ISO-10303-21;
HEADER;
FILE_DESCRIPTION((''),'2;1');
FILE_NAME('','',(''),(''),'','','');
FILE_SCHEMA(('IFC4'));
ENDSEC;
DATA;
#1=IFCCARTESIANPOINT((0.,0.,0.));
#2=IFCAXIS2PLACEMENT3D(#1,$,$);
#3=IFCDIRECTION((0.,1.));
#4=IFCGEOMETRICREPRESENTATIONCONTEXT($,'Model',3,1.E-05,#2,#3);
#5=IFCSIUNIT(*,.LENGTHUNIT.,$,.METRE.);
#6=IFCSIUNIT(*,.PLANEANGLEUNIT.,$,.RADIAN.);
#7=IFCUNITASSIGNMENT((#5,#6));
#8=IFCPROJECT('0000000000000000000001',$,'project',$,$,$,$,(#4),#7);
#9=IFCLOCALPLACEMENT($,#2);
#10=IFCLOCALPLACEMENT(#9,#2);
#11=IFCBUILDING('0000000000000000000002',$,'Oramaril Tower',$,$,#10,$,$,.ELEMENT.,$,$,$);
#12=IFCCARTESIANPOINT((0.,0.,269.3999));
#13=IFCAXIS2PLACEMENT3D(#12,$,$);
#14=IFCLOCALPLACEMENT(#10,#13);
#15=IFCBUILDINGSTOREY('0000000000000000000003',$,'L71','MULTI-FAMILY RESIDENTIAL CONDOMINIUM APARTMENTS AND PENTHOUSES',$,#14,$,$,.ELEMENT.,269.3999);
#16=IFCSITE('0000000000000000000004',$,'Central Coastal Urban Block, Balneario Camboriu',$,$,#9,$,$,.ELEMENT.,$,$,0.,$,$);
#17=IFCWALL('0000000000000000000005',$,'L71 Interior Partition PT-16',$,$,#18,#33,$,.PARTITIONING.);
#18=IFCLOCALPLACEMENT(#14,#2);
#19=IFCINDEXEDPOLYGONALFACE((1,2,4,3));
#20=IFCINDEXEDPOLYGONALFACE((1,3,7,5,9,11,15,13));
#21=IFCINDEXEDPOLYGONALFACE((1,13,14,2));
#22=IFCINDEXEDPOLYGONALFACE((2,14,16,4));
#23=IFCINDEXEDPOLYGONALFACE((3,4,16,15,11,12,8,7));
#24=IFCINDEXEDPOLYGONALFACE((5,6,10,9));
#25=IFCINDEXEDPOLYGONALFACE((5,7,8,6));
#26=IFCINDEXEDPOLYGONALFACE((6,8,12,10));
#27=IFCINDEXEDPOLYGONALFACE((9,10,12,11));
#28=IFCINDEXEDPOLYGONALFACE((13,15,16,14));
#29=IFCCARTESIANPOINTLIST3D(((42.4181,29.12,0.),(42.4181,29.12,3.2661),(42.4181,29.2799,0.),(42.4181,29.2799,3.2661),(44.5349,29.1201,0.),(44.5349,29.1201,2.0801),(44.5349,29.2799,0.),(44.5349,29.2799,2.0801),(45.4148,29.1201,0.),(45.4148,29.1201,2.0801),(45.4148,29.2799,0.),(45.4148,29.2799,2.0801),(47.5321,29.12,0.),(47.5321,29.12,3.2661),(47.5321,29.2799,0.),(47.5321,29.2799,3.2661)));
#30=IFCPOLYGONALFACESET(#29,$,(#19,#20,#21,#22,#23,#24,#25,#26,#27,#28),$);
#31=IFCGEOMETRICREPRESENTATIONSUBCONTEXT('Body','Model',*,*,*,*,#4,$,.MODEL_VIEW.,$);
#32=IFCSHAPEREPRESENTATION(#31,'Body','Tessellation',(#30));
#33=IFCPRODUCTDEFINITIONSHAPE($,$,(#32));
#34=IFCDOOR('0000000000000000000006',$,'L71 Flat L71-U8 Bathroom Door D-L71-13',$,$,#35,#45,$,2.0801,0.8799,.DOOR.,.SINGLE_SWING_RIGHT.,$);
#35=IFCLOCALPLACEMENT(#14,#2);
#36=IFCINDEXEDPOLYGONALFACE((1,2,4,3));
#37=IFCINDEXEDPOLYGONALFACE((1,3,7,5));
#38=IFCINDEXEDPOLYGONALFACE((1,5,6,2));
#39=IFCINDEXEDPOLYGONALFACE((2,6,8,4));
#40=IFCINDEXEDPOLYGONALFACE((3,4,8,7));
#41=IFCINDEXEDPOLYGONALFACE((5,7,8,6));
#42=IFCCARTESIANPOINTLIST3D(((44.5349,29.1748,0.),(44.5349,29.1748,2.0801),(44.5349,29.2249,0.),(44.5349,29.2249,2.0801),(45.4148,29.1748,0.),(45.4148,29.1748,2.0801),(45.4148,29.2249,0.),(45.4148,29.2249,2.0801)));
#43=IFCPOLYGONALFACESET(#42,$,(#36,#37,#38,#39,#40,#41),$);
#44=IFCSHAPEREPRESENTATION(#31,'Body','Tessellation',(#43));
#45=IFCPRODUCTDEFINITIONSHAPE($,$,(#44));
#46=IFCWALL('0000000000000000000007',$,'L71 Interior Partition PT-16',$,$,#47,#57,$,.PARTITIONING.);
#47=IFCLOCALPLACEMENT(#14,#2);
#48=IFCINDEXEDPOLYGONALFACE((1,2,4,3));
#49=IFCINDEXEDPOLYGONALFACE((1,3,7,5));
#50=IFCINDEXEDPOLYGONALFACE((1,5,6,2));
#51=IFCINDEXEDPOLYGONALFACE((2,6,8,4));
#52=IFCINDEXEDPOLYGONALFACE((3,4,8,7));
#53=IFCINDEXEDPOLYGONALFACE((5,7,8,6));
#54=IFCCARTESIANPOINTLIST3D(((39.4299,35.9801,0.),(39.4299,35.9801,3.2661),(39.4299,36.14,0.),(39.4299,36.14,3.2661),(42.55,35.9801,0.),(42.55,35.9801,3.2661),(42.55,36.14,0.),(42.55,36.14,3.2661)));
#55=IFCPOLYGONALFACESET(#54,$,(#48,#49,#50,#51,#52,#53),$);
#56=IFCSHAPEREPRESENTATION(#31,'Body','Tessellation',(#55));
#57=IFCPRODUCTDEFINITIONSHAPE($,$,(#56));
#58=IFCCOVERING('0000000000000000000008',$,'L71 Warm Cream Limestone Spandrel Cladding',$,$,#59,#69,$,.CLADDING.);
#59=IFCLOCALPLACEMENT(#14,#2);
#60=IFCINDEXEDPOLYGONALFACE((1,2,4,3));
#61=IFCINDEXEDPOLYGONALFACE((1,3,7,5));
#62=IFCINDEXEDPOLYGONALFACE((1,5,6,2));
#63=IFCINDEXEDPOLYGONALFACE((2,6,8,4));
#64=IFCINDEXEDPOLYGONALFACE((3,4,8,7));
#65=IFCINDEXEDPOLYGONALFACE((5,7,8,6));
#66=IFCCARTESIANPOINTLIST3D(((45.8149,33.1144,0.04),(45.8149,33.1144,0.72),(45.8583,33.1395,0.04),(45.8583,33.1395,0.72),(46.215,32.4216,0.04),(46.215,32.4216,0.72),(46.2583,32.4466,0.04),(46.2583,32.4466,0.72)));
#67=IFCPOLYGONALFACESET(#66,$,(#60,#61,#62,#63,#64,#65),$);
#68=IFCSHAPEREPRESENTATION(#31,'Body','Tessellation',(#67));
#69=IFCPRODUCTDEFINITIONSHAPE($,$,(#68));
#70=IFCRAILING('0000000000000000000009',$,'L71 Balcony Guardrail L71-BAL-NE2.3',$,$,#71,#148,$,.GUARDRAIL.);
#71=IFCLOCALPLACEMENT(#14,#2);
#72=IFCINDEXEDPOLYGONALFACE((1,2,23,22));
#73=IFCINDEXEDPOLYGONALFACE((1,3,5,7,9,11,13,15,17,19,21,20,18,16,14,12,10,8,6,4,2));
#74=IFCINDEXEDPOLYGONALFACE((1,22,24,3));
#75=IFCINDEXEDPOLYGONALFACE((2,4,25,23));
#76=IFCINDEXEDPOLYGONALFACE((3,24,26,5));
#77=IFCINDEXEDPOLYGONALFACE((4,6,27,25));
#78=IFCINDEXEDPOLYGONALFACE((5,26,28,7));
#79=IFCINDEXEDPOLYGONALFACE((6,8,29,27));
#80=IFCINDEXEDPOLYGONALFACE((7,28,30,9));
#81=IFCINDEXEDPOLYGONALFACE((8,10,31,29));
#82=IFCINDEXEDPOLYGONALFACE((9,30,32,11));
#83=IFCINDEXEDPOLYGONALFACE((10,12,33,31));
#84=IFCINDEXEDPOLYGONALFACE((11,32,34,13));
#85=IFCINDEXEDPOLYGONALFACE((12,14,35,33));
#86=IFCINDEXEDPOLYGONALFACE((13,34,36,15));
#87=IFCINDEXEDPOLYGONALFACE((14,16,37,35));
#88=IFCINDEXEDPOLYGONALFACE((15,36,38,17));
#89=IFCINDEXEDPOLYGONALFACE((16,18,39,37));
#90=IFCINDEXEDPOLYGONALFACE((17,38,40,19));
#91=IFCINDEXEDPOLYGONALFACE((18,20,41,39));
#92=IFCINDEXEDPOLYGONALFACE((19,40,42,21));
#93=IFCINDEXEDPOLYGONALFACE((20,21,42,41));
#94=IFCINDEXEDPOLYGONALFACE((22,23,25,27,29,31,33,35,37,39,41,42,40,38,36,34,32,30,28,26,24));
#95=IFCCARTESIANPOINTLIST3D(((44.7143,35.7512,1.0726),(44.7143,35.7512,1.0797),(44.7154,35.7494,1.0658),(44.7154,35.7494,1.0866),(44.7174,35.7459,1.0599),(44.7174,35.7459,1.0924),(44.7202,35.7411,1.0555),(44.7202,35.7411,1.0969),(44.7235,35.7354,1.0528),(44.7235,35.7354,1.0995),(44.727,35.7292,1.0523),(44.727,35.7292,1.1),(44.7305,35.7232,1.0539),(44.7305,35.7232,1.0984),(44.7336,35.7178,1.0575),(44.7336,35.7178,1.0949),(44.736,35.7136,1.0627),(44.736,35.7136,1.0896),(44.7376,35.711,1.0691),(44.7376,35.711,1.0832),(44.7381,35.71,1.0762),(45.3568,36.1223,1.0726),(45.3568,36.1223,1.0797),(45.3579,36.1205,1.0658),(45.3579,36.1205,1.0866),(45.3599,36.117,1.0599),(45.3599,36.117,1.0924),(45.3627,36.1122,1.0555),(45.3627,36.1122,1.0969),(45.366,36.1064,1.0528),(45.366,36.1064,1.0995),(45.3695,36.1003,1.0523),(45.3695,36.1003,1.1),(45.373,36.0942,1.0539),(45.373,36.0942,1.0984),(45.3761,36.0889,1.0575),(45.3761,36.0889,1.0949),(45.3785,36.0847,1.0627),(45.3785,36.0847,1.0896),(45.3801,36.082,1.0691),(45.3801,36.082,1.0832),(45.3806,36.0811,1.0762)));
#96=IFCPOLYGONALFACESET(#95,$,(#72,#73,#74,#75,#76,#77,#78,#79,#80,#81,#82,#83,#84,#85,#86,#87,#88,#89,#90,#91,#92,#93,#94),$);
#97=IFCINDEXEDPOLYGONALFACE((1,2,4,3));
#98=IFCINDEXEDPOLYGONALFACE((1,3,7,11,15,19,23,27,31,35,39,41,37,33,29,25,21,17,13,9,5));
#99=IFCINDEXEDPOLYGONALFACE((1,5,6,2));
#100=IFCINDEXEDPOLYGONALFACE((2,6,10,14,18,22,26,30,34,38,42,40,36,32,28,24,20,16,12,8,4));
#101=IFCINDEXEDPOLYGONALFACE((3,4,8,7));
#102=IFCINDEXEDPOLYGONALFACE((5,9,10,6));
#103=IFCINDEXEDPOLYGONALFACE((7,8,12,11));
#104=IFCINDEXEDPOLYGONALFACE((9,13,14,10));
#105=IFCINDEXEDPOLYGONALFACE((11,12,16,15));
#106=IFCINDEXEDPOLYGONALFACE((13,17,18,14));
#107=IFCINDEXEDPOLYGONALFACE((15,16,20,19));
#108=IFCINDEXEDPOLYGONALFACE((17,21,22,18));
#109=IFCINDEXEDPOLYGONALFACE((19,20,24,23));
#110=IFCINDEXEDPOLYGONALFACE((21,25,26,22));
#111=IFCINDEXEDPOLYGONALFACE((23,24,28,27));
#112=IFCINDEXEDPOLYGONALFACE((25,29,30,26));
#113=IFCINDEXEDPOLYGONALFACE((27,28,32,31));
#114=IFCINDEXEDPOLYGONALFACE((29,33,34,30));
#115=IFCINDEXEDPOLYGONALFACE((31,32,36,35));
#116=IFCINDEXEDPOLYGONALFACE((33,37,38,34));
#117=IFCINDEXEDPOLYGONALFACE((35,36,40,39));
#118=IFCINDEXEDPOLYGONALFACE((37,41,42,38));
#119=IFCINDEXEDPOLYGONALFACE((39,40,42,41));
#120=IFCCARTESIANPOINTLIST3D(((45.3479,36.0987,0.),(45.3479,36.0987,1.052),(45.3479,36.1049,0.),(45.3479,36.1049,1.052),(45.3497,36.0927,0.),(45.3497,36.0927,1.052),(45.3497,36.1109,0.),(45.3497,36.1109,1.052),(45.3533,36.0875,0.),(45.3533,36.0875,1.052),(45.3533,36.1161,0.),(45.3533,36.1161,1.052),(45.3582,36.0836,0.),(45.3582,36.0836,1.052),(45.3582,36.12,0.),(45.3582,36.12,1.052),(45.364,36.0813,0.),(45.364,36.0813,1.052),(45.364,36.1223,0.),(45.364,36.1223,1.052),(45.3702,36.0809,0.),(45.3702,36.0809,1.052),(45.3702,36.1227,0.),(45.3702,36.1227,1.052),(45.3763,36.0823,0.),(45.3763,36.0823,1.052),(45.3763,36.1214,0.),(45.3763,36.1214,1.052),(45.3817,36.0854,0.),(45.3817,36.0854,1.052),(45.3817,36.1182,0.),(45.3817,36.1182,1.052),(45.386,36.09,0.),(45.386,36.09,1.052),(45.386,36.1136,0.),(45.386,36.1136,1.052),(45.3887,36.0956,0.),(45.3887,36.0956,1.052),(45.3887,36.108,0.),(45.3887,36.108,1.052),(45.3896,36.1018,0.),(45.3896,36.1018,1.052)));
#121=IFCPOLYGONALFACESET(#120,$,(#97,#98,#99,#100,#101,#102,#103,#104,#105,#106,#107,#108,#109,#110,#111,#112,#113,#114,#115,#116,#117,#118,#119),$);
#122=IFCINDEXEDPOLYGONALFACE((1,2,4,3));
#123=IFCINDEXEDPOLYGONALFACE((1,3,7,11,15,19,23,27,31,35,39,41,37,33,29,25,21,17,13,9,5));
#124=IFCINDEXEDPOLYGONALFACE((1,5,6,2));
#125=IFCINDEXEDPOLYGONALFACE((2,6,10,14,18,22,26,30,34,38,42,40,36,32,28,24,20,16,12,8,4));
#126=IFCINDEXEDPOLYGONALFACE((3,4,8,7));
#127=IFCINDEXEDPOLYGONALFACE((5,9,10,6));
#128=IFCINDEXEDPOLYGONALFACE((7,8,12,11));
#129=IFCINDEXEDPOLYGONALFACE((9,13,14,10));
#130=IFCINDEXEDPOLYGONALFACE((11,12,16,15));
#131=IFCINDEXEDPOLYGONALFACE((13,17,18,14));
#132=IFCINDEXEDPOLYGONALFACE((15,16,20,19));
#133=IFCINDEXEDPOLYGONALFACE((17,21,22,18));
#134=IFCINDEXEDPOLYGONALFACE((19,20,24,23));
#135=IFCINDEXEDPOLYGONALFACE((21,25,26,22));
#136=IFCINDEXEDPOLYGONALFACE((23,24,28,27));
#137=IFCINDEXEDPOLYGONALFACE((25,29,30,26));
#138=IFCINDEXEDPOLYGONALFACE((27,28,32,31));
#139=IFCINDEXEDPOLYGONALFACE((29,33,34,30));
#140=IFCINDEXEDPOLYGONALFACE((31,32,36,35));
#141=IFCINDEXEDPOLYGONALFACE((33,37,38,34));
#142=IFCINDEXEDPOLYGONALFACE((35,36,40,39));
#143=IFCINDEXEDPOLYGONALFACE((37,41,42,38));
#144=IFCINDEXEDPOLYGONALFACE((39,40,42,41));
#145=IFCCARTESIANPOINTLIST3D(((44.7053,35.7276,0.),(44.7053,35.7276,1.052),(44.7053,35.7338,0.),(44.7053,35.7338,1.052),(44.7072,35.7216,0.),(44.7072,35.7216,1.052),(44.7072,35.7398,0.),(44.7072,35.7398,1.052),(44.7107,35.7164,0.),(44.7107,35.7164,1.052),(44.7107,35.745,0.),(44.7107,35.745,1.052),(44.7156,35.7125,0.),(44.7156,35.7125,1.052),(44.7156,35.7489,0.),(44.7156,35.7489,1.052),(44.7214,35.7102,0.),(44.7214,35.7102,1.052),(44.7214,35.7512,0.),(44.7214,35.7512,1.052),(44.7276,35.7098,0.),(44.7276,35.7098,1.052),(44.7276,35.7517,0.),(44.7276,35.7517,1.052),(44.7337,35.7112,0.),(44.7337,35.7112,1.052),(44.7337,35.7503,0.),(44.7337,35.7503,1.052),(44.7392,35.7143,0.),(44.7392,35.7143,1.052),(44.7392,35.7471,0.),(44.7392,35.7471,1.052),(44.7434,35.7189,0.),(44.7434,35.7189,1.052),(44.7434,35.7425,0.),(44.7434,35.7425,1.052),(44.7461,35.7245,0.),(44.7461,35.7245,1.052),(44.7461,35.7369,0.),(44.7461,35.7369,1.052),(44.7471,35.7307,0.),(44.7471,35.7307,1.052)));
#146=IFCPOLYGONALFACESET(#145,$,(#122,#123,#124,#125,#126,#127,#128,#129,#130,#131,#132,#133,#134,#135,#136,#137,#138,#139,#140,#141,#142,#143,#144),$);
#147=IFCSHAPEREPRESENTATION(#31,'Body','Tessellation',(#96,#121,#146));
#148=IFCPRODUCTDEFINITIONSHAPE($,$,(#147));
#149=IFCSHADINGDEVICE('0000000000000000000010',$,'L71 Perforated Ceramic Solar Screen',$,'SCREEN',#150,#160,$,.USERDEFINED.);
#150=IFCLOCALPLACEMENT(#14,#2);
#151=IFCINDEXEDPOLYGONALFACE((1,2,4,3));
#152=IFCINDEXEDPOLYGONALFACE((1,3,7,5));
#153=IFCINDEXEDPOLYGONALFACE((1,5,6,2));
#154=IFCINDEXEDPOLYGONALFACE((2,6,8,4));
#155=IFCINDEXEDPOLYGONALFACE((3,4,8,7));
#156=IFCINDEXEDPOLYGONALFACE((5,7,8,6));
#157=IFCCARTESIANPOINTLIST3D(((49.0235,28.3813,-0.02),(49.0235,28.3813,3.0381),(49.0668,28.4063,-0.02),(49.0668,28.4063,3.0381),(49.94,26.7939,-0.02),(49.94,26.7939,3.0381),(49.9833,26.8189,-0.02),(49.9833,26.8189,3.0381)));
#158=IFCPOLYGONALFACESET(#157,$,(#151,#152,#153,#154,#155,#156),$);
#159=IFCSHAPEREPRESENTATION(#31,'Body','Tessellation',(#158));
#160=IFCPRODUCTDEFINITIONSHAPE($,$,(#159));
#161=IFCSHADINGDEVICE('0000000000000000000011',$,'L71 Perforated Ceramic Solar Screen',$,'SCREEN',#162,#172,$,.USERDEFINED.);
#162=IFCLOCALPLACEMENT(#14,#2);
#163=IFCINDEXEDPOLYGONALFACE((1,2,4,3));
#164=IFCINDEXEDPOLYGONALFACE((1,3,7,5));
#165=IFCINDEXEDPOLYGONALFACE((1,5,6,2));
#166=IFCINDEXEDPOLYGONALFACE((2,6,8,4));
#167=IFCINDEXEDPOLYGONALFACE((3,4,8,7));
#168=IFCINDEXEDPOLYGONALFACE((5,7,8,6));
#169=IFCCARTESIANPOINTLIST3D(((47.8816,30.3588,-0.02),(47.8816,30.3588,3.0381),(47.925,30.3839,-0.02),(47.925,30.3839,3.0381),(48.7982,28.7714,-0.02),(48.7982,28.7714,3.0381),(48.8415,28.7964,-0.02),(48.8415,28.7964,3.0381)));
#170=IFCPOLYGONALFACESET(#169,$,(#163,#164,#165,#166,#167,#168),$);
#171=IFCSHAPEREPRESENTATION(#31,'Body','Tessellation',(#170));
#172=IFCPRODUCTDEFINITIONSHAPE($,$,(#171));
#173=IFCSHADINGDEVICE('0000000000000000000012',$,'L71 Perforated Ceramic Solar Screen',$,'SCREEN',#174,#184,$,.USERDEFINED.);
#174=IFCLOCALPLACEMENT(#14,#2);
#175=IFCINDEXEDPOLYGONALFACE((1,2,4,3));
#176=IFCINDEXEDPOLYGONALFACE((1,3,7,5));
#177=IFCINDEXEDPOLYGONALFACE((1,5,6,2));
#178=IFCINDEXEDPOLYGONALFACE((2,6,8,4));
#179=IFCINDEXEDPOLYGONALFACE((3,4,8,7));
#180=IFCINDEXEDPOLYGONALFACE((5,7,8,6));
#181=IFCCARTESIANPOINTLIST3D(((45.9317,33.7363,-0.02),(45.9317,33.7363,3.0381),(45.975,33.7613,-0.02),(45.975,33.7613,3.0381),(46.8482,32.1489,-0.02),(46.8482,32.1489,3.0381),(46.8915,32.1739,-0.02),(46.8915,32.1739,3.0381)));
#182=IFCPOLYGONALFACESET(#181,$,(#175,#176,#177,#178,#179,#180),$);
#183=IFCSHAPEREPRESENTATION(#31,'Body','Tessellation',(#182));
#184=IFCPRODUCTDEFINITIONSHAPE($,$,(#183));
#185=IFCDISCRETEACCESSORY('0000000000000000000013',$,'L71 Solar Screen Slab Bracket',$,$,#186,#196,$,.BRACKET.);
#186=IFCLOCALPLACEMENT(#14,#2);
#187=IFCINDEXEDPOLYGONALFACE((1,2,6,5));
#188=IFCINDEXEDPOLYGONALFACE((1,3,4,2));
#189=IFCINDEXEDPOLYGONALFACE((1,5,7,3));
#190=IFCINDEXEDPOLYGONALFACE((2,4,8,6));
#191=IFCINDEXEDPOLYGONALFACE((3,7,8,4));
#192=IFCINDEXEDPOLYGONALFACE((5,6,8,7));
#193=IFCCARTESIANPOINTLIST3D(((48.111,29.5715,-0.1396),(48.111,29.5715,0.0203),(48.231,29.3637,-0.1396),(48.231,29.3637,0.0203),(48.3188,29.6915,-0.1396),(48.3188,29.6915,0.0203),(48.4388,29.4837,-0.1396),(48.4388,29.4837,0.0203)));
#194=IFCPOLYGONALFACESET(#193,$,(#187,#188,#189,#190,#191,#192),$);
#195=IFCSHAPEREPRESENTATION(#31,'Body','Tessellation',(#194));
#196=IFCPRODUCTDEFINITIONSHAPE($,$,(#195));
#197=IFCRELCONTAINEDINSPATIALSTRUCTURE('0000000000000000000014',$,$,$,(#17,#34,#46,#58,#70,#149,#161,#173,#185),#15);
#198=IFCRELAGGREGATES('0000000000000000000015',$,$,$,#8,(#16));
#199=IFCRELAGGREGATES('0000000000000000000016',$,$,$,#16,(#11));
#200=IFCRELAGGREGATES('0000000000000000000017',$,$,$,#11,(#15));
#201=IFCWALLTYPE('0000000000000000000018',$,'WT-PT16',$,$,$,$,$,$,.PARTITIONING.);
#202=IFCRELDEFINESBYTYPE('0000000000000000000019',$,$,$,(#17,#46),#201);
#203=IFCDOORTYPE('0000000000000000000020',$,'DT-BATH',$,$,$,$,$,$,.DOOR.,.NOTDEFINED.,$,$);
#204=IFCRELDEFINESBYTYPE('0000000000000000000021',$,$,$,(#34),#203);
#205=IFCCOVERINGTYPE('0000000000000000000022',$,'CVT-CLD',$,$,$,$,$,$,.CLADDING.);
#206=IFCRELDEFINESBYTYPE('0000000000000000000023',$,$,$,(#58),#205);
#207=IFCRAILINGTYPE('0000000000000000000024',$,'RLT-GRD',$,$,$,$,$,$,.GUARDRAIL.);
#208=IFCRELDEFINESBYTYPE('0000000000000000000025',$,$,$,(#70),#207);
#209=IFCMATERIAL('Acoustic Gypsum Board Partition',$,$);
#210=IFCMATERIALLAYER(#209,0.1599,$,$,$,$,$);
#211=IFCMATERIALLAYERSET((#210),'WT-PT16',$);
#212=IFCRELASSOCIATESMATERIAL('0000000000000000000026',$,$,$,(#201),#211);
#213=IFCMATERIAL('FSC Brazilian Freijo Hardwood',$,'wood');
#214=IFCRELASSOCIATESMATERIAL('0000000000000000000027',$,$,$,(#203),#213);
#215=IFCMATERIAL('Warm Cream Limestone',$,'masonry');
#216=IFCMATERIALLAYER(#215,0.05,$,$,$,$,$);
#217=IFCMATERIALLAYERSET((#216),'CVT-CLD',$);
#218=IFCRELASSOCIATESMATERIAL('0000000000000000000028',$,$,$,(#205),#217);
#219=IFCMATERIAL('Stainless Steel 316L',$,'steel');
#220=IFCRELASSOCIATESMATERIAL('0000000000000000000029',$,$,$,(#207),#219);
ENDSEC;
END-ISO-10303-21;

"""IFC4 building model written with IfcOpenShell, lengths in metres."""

from ifc_helpers import new_model, si_unit, direction, frame, frame_2d, origin, origin_2d, place, context, subcontext, project, spatial, rectangle, circle, extrude, material, layer, layer_set, type_object, element, fill, save


model = new_model("IFC4")

# Units and contexts
model_context = context("Model", 3, precision=1e-05, world=origin(), true_north=direction((0.0, 1.0)))
body_context = subcontext(model_context, "Body", "Model", "MODEL_VIEW")
ifc_project = project(units=[si_unit("LENGTHUNIT", "METRE"), si_unit("PLANEANGLEUNIT", "RADIAN")], contexts=[model_context])

# Site, building, storey
site_placement = place(None, origin())
site = spatial("IfcSite", under=ifc_project, at=site_placement, Name="Central Coastal Urban Block, Balneario Camboriu", CompositionType="ELEMENT", RefElevation=0.0)
building_placement = place(site_placement, origin())
building = spatial("IfcBuilding", under=site, at=building_placement, Name="Oramaril Tower", CompositionType="ELEMENT")
storey_placement = place(building_placement, frame((0.0, 0.0, 269.3999)))
storey = spatial("IfcBuildingStorey", under=building, at=storey_placement, Name="L71", Description="MULTI-FAMILY RESIDENTIAL CONDOMINIUM APARTMENTS AND PENTHOUSES", CompositionType="ELEMENT", Elevation=269.3999)

# Wall, opening, door
ifc_material_1 = material(Name="Acoustic Gypsum Board Partition")
ifc_layer_1 = layer(ifc_material_1, 0.1599)
ifc_layer_set_1 = layer_set([ifc_layer_1], Name="WT-PT16")
wall_type_1 = type_object("IfcWallType", Name="WT-PT16", PredefinedType="PARTITIONING", material=ifc_layer_set_1)
wall_1_placement = place(storey_placement, frame((42.418, 29.2, 0.0), z_axis=(0.0, 0.0, 1.0), x_axis=(1.0, 0.0, 0.0)))
wall_1 = element("IfcWall", 1, at=wall_1_placement, inside=storey, type_object=wall_type_1, Name="L71 Interior Partition PT-16", PredefinedType="PARTITIONING", context=body_context, shape_type="SweptSolid", body=[
    extrude(rectangle(XDim=5.114, YDim=0.1599, at=frame_2d((2.5571, 0.0))), origin(), (0.0, 0.0, 1.0), 3.2661),
])
opening_placement = place(wall_1_placement, frame((2.1169, 0.0, 0.0)))
opening = element("IfcOpeningElement", 2, at=opening_placement, cuts=wall_1, PredefinedType="OPENING", context=body_context, shape_type="SweptSolid", body=[
    extrude(rectangle(XDim=0.8799, YDim=2.0801, at=frame_2d((0.4399, 1.04))), frame((0.0, 0.0801, 0.0), z_axis=(0.0, -1.0, 0.0), x_axis=(1.0, 0.0, 0.0)), (0.0, 0.0, 1.0), 0.1599),
])
ifc_material_2 = material(Name="FSC Brazilian Freijo Hardwood", Category="wood")
door_type = type_object("IfcDoorType", Name="DT-BATH", OperationType="NOTDEFINED", PredefinedType="DOOR", material=ifc_material_2)
door_placement = place(opening_placement, origin())
door = element("IfcDoor", 3, at=door_placement, inside=storey, type_object=door_type, Name="L71 Flat L71-U8 Bathroom Door D-L71-13", OperationType="SINGLE_SWING_RIGHT", OverallHeight=2.0801, OverallWidth=0.8799, PredefinedType="DOOR", context=body_context, shape_type="SweptSolid", body=[
    extrude(rectangle(XDim=0.8799, YDim=2.0801, at=frame_2d((0.4399, 1.04))), frame((0.0, 0.0249, 0.0), z_axis=(0.0, -1.0, 0.0), x_axis=(1.0, 0.0, 0.0)), (0.0, 0.0, 1.0), 0.05),
])
fill(opening, door)

# Wall
wall_2_placement = place(storey_placement, frame((39.4299, 36.0601, 0.0), z_axis=(0.0, 0.0, 1.0), x_axis=(1.0, 0.0, 0.0)))
element("IfcWall", 4, at=wall_2_placement, inside=storey, type_object=wall_type_1, Name="L71 Interior Partition PT-16", PredefinedType="PARTITIONING", context=body_context, shape_type="SweptSolid", body=[
    extrude(rectangle(XDim=3.1201, YDim=0.1599, at=frame_2d((1.5601, 0.0))), origin(), (0.0, 0.0, 1.0), 3.2661),
])

# Covering
ifc_material_3 = material(Name="Warm Cream Limestone", Category="masonry")
ifc_layer_2 = layer(ifc_material_3, 0.05)
ifc_layer_set_2 = layer_set([ifc_layer_2], Name="CVT-CLD")
covering_type = type_object("IfcCoveringType", Name="CVT-CLD", PredefinedType="CLADDING", material=ifc_layer_set_2)
covering_placement = place(storey_placement, frame((46.0366, 32.7805, 0.04), z_axis=(0.0, 0.0, 1.0), x_axis=(-0.5, 0.866025, 0.0)))
element("IfcCovering", 5, at=covering_placement, inside=storey, type_object=covering_type, Name="L71 Warm Cream Limestone Spandrel Cladding", PredefinedType="CLADDING", context=body_context, shape_type="SweptSolid", body=[
    extrude(rectangle(XDim=0.8, YDim=0.05, at=origin_2d()), origin(), (0.0, 0.0, 1.0), 0.6799),
])

# Railing
ifc_material_4 = material(Name="Stainless Steel 316L", Category="steel")
railing_type = type_object("IfcRailingType", Name="RLT-GRD", PredefinedType="GUARDRAIL", material=ifc_material_4)
railing_placement = place(storey_placement, frame((45.3687, 36.1018, 0.0)))
element("IfcRailing", 6, at=railing_placement, inside=storey, type_object=railing_type, Name="L71 Balcony Guardrail L71-BAL-NE2.3", PredefinedType="GUARDRAIL", context=body_context, shape_type="SweptSolid", body=[
    extrude(circle(Radius=0.0239, at=origin_2d()), frame((0.0, 0.0, 1.0762), z_axis=(-0.865966, -0.500102, 0.0), x_axis=(0.500102, -0.865966, 0.0)), (0.0, 0.0, 1.0), 0.7419),
    extrude(circle(Radius=0.021, at=origin_2d()), origin(), (0.0, 0.0, 1.0), 1.052),
    extrude(circle(Radius=0.021, at=origin_2d()), frame((-0.6426, -0.3711, 0.0)), (0.0, 0.0, 1.0), 1.052),
])

# Shading devices
for number, where, z_axis, x_axis, name in (
    (7, (49.5034, 27.6001, -0.02), (0.0, 0.0, 1.0), (-0.5, 0.866025, 0.0), "L71 Perforated Ceramic Solar Screen"),
    (8, (48.3616, 29.5776, -0.02), (0.0, 0.0, 1.0), (-0.5, 0.866025, 0.0), "L71 Perforated Ceramic Solar Screen"),
    (9, (46.4116, 32.9551, -0.02), (0.0, 0.0, 1.0), (-0.5, 0.866025, 0.0), "L71 Perforated Ceramic Solar Screen"),
):
    element("IfcShadingDevice", number, at=place(storey_placement, frame(where, z_axis=z_axis, x_axis=x_axis)), inside=storey, Name=name, ObjectType="SCREEN", PredefinedType="USERDEFINED", context=body_context, shape_type="SweptSolid", body=[
        extrude(rectangle(XDim=1.833, YDim=0.05, at=origin_2d()), origin(), (0.0, 0.0, 1.0), 3.0581),
    ])

# Discrete accessory
for number, where, z_axis, x_axis, name in (
    (10, (48.2749, 29.5276, -0.1396), (0.0, 0.0, 1.0), (-0.5, 0.866025, 0.0), "L71 Solar Screen Slab Bracket"),
):
    element("IfcDiscreteAccessory", number, at=place(storey_placement, frame(where, z_axis=z_axis, x_axis=x_axis)), inside=storey, Name=name, PredefinedType="BRACKET", context=body_context, shape_type="SweptSolid", body=[
        extrude(rectangle(XDim=0.24, YDim=0.24, at=origin_2d()), origin(), (0.0, 0.0, 1.0), 0.1599),
    ])

save(model, "model.ifc")
